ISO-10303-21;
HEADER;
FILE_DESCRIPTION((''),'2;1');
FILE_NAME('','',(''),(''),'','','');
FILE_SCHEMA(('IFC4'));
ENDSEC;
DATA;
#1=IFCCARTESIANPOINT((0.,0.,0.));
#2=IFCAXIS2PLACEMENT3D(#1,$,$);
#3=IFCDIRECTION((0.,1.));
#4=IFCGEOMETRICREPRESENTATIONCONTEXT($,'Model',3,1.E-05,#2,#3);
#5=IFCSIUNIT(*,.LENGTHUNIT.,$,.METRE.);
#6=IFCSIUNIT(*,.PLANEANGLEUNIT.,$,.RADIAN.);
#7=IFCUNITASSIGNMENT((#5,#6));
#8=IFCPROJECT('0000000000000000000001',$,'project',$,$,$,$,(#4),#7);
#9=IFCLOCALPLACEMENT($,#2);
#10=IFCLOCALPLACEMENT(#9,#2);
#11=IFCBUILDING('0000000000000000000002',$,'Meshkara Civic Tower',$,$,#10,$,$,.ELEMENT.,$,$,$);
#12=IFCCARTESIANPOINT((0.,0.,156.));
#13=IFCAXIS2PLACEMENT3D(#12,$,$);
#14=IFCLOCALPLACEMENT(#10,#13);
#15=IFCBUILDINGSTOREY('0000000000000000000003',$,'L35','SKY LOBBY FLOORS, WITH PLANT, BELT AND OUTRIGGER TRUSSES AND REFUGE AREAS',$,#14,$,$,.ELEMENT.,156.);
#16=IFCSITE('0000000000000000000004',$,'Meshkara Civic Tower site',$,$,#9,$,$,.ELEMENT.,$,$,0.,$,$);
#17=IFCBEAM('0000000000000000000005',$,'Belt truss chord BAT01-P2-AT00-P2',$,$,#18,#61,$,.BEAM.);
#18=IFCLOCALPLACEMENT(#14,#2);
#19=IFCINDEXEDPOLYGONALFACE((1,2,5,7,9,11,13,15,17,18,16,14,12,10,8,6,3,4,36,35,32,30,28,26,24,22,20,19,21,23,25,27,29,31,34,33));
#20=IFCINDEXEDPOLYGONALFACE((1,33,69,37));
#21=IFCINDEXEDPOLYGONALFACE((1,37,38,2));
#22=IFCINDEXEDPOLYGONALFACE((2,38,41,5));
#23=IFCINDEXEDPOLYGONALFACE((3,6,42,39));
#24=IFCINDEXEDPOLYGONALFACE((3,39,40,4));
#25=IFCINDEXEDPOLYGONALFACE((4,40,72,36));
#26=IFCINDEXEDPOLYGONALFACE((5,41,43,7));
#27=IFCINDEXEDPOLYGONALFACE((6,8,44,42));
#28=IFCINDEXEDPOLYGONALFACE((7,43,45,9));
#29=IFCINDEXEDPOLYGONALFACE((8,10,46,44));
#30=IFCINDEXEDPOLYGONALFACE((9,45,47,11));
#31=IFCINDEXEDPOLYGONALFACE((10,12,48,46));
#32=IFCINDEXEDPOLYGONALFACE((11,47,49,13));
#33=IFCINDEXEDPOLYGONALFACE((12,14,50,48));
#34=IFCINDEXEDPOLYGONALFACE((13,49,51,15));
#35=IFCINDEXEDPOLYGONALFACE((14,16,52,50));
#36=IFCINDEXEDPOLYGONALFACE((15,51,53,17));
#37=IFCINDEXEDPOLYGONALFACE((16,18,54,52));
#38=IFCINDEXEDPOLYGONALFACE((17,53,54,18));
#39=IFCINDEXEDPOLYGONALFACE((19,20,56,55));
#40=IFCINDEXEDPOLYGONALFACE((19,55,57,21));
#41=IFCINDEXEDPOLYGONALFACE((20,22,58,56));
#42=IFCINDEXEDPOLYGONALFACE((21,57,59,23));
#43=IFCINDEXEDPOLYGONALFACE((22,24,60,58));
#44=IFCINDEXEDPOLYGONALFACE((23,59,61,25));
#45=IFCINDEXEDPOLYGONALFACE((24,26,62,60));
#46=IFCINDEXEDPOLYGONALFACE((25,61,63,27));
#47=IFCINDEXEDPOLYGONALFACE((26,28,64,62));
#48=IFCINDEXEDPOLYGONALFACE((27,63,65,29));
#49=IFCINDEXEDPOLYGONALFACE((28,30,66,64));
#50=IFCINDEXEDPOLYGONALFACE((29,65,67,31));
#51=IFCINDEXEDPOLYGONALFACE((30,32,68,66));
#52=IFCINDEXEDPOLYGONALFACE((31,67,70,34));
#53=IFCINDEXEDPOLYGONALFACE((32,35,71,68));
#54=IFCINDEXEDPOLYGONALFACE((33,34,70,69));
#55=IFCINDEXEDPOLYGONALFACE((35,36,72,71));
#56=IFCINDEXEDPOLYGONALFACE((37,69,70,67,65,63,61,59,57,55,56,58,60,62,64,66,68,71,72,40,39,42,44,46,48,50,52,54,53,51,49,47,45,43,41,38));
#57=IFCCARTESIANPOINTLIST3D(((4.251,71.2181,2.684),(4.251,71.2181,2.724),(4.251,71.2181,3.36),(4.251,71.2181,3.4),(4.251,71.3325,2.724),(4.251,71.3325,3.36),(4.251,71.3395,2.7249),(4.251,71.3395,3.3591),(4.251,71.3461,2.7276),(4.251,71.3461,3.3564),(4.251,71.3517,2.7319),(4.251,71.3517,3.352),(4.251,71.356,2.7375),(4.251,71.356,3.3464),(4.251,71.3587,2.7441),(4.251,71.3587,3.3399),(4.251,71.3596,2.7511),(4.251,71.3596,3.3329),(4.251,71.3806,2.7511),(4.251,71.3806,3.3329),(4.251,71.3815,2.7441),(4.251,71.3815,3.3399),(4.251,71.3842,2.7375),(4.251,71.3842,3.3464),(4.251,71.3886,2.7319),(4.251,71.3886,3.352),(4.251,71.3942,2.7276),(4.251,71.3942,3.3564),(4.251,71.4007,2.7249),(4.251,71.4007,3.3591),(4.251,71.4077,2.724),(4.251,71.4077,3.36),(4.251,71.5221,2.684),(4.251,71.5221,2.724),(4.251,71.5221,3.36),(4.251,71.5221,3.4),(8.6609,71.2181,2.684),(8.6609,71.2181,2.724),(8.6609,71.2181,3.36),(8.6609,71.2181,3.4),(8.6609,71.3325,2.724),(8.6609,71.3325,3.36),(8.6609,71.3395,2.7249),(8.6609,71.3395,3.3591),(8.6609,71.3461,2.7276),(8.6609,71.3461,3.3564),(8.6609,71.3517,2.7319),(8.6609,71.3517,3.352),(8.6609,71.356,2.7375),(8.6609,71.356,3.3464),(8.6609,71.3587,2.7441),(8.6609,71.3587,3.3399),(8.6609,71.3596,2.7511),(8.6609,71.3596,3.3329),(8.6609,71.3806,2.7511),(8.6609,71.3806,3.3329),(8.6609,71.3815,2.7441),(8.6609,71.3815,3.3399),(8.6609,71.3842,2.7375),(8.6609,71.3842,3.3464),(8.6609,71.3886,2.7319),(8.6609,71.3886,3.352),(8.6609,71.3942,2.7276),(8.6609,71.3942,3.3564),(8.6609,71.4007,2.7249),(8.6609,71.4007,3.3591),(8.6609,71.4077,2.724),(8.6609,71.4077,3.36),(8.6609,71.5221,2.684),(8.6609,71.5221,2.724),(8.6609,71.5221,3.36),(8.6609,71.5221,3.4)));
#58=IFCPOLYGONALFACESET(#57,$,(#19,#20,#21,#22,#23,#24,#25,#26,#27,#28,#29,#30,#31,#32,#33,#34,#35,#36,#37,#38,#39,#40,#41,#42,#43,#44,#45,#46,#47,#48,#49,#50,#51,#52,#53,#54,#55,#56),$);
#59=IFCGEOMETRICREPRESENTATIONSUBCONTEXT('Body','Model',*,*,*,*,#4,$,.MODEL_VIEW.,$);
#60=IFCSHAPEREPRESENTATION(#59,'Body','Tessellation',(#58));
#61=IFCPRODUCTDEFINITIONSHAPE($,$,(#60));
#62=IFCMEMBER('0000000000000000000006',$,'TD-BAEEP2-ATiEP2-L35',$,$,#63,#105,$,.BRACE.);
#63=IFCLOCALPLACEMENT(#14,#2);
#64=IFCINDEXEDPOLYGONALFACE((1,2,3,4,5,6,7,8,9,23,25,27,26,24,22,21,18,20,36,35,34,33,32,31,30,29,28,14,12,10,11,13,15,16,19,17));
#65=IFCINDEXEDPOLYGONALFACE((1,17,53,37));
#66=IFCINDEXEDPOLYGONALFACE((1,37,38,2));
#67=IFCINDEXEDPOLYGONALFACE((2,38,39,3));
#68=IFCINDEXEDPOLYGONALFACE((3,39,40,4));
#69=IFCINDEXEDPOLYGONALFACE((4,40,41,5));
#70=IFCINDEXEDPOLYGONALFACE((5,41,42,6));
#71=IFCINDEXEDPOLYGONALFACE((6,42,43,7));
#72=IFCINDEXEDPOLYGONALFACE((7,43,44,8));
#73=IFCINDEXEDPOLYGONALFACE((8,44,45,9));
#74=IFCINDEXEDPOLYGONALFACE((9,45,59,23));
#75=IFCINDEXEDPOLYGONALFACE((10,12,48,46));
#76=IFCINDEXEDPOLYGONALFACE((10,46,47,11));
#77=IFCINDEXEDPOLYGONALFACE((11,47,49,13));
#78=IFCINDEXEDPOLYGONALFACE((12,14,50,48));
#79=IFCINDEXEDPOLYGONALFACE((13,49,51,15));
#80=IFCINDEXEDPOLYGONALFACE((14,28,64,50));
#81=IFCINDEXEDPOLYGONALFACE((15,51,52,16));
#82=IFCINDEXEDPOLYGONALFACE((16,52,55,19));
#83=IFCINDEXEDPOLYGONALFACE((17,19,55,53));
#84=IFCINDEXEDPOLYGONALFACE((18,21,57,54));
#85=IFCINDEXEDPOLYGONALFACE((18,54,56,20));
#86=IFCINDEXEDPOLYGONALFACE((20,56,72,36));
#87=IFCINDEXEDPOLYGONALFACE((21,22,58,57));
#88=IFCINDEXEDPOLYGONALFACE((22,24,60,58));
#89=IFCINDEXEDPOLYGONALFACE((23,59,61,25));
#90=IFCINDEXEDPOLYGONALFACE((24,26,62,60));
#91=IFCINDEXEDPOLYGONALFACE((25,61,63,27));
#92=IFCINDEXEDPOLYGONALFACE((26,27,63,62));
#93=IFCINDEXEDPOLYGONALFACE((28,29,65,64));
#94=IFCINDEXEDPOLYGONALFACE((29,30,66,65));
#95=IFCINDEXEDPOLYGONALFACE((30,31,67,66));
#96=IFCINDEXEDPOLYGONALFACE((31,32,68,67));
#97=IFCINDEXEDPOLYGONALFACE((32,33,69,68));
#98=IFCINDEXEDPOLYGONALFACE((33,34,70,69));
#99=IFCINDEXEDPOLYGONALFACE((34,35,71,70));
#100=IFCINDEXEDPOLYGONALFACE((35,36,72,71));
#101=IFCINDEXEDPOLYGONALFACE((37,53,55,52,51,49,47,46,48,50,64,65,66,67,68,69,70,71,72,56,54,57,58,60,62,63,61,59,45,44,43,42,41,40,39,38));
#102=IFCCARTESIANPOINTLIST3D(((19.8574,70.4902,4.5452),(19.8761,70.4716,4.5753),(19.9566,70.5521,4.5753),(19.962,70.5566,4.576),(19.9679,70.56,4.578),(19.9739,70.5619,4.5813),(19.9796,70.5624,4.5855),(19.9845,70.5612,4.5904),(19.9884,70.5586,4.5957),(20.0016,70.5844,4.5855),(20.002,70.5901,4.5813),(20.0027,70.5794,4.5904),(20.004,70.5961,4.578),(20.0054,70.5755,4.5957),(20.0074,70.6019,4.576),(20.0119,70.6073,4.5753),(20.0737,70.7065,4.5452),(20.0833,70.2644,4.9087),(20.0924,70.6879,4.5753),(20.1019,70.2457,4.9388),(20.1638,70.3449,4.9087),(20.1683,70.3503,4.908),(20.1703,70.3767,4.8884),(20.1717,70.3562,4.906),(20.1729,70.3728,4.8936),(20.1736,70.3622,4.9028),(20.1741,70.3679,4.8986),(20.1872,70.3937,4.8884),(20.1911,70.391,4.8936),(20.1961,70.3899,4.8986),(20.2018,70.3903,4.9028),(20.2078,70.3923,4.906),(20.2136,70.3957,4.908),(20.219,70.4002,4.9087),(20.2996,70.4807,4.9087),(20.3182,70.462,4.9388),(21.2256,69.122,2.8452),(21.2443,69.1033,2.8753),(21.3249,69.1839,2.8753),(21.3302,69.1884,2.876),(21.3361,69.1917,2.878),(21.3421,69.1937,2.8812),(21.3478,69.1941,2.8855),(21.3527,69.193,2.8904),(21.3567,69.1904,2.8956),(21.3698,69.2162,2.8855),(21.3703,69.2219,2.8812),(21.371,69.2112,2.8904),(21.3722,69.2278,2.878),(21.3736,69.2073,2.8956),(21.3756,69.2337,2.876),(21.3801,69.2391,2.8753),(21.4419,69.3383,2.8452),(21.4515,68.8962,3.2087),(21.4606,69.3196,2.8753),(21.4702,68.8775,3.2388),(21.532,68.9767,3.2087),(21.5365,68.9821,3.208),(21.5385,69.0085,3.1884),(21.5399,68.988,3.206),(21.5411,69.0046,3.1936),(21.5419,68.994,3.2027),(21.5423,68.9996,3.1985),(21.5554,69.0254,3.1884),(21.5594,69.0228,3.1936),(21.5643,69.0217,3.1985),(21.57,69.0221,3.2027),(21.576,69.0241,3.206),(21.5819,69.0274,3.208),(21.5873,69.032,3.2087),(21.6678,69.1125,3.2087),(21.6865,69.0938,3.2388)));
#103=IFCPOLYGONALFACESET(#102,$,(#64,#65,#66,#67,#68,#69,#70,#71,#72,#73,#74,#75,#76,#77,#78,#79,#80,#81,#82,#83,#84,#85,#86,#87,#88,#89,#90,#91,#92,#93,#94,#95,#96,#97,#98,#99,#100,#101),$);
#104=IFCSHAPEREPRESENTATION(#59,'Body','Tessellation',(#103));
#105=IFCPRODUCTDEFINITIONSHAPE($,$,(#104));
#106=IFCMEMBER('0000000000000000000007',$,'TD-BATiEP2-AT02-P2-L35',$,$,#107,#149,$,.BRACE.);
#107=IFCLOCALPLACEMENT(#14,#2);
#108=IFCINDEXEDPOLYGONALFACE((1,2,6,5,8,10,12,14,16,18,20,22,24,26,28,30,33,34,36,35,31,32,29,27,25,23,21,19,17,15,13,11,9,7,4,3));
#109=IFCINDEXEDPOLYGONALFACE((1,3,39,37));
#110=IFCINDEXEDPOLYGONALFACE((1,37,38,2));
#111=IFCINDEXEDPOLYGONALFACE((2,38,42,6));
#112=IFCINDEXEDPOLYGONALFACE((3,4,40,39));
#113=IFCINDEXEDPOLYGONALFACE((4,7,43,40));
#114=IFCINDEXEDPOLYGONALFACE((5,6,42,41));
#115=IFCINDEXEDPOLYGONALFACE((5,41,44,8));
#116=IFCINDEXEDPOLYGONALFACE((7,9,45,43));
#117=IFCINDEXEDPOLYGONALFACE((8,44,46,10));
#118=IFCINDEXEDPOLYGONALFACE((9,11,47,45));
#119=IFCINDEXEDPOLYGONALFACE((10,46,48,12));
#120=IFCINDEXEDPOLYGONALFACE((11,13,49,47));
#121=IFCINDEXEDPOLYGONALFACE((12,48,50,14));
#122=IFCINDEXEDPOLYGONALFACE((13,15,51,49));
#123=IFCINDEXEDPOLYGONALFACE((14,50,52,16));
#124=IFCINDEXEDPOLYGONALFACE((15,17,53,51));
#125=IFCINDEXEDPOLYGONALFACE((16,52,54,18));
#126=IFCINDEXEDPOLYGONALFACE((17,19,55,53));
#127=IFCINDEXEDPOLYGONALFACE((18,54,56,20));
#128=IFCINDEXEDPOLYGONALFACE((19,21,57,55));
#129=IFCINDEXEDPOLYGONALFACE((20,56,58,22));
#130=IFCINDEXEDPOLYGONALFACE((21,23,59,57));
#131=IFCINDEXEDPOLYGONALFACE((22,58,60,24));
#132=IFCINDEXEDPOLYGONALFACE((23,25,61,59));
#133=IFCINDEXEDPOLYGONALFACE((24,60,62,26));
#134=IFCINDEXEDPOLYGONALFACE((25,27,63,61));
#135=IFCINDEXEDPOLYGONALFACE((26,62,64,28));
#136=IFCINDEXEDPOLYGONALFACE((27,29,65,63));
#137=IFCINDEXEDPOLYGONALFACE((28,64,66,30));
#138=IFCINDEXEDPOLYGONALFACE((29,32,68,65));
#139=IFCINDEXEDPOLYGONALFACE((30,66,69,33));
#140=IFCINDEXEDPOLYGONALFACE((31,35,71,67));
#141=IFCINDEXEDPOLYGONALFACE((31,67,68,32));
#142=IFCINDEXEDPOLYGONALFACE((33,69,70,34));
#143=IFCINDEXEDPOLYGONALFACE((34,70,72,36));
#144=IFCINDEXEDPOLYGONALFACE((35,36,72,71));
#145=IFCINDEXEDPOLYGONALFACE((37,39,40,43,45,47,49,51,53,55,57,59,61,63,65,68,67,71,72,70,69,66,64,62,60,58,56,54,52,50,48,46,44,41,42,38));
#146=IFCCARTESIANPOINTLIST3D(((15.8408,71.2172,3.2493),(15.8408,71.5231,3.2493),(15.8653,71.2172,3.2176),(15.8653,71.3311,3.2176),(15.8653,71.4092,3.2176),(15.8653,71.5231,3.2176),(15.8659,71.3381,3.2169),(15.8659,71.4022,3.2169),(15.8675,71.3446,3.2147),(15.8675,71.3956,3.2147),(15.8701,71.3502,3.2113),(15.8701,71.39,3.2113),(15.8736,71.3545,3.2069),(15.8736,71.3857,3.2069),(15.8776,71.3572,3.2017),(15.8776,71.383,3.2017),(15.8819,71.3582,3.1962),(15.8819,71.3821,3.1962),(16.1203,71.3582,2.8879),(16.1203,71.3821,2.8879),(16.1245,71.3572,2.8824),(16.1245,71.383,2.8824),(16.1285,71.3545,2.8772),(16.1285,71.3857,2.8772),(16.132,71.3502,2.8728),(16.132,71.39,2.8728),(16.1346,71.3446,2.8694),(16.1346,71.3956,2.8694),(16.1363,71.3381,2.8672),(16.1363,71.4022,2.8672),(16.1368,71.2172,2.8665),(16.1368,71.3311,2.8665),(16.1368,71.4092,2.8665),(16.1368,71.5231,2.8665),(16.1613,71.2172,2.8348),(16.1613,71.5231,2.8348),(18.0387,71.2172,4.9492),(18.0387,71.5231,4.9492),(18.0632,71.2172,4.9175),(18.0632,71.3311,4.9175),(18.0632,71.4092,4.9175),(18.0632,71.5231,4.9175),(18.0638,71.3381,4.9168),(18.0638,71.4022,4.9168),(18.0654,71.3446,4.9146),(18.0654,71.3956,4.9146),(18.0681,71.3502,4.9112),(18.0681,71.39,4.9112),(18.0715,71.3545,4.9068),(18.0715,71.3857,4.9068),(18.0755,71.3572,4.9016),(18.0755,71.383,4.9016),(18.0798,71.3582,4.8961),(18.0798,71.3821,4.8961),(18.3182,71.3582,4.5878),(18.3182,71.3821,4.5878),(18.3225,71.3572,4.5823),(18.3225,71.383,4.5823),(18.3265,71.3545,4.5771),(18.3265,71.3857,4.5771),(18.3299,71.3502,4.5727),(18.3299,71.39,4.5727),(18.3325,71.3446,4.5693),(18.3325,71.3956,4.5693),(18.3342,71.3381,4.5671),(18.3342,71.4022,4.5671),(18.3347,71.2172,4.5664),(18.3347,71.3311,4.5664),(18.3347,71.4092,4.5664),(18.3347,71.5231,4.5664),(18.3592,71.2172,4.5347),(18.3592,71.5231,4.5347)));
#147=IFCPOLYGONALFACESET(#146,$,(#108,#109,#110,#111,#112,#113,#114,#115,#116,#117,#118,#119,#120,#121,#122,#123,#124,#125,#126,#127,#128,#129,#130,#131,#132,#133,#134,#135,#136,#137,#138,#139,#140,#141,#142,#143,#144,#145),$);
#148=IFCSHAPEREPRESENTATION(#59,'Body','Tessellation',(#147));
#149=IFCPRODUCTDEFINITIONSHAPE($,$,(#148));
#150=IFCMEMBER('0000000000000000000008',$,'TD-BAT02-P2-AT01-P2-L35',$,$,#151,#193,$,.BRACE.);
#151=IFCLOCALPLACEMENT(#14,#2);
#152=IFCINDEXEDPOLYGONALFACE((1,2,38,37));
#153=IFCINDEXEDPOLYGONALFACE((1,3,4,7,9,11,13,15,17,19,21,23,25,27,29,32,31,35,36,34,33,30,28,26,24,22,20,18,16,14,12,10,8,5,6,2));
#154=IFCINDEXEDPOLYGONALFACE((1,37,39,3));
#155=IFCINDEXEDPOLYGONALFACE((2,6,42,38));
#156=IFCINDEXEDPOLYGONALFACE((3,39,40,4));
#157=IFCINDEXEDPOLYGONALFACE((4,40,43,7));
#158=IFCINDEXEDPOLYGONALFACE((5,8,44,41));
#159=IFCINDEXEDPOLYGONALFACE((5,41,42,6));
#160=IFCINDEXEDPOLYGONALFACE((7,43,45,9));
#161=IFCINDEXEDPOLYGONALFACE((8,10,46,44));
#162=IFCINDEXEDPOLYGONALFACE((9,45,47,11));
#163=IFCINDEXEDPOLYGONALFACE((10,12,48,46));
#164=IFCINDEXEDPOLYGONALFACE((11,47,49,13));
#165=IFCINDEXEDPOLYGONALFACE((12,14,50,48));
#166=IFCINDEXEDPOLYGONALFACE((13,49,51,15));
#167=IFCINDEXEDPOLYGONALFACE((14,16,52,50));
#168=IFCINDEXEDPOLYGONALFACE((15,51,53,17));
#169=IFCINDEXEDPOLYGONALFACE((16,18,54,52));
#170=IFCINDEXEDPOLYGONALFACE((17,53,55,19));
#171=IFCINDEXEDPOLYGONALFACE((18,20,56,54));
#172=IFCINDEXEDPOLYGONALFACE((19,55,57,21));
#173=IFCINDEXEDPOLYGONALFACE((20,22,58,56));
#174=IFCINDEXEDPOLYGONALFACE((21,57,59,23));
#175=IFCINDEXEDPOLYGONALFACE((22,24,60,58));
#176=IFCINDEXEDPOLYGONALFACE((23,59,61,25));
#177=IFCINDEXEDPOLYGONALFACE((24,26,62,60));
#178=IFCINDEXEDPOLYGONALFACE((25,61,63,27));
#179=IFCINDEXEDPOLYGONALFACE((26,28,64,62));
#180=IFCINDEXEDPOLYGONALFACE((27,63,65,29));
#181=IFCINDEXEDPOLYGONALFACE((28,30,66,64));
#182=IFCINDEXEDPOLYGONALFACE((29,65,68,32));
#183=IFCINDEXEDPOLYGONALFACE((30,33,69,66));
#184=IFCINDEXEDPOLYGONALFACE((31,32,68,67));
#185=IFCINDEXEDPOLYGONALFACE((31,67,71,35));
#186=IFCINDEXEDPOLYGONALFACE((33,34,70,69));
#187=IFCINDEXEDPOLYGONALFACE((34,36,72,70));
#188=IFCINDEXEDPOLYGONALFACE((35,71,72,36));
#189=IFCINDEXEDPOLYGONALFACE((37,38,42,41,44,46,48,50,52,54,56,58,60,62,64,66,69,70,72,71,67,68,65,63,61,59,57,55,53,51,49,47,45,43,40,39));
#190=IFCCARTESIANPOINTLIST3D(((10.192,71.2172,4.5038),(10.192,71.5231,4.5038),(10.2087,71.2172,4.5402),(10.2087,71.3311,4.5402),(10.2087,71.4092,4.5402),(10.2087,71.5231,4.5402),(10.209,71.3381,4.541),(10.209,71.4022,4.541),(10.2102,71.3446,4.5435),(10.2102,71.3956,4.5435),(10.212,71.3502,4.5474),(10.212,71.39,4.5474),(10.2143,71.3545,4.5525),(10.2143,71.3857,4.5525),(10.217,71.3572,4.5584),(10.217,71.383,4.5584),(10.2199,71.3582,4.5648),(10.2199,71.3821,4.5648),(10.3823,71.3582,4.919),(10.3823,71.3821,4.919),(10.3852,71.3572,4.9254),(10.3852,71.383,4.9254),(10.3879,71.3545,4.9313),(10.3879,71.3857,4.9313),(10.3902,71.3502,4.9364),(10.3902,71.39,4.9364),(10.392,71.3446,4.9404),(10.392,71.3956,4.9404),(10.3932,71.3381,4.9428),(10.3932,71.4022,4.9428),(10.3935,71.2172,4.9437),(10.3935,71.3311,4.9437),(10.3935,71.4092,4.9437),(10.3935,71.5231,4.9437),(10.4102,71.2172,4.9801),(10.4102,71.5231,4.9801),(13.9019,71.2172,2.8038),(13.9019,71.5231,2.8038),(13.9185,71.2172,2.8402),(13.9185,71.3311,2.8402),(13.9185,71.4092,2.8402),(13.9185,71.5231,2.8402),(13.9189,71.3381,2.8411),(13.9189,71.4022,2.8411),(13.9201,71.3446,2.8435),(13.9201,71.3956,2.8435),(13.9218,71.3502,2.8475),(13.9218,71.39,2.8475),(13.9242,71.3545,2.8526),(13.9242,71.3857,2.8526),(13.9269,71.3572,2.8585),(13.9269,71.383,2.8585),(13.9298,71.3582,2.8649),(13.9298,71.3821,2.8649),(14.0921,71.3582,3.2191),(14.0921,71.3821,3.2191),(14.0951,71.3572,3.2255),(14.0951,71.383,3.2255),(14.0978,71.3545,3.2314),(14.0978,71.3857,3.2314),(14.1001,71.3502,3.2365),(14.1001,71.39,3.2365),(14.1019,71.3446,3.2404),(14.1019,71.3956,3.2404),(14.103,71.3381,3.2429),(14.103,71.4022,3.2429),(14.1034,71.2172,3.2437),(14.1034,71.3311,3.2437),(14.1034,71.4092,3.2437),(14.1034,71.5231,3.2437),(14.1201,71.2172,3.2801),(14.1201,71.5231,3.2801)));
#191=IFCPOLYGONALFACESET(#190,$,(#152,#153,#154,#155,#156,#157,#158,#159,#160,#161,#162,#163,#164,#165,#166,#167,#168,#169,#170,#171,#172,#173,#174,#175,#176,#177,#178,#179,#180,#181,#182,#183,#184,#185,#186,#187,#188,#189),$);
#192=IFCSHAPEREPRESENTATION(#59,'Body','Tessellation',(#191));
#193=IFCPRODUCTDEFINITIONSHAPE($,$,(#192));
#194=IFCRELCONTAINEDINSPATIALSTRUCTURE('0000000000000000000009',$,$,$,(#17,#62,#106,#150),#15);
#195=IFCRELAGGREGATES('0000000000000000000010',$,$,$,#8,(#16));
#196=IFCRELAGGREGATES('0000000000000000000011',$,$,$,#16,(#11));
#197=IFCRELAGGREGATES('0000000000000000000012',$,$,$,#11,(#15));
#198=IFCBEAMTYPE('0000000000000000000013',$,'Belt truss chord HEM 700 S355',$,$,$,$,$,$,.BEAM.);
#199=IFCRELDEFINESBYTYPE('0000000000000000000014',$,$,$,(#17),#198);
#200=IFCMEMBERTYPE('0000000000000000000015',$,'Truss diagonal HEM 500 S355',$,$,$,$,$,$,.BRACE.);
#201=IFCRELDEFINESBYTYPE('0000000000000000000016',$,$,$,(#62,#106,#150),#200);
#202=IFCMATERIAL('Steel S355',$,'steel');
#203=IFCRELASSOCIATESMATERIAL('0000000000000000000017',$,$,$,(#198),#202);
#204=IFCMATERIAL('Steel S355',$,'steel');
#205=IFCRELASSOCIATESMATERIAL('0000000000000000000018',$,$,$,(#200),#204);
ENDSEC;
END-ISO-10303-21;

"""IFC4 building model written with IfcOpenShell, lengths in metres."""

from ifc_helpers import new_model, si_unit, direction, frame, origin, origin_2d, place, context, subcontext, project, spatial, i_section, extrude, material, material_profile, profile_set, type_object, element, save


model = new_model("IFC4")

# Units and contexts
model_context = context("Model", 3, precision=1e-05, world=origin(), true_north=direction((0.0, 1.0)))
body_context = subcontext(model_context, "Body", "Model", "MODEL_VIEW")
ifc_project = project(units=[si_unit("LENGTHUNIT", "METRE"), si_unit("PLANEANGLEUNIT", "RADIAN")], contexts=[model_context])

# Site, building, storey
site_placement = place(None, origin())
site = spatial("IfcSite", under=ifc_project, at=site_placement, Name="Meshkara Civic Tower site", CompositionType="ELEMENT", RefElevation=0.0)
building_placement = place(site_placement, origin())
building = spatial("IfcBuilding", under=site, at=building_placement, Name="Meshkara Civic Tower", CompositionType="ELEMENT")
storey_placement = place(building_placement, frame((0.0, 0.0, 156.0)))
storey = spatial("IfcBuildingStorey", under=building, at=storey_placement, Name="L35", Description="SKY LOBBY FLOORS, WITH PLANT, BELT AND OUTRIGGER TRUSSES AND REFUGE AREAS", CompositionType="ELEMENT", Elevation=156.0)

# Beam
ifc_material_1 = material(Name="Steel S355", Category="steel")
ifc_material_profile_1 = material_profile(ifc_material_1, i_section(OverallWidth=0.304, OverallDepth=0.7161, WebThickness=0.021, FlangeThickness=0.04, FilletRadius=0.0271, at=origin_2d()))
ifc_profile_set_1 = profile_set([ifc_material_profile_1], Name="Steel S355")
beam_type = type_object("IfcBeamType", Name="Belt truss chord HEM 700 S355", PredefinedType="BEAM", material=ifc_profile_set_1)
for number, where, z_axis, x_axis, name in (
    (1, (8.6609, 71.3701, 3.042), (-1.0, 0.0, 0.0), (0.0, -1.0, 0.0), "Belt truss chord BAT01-P2-AT00-P2"),
):
    element("IfcBeam", number, at=place(storey_placement, frame(where, z_axis=z_axis, x_axis=x_axis)), inside=storey, type_object=beam_type, Name=name, PredefinedType="BEAM", context=body_context, shape_type="SweptSolid", body=[
        extrude(i_section(OverallWidth=0.304, OverallDepth=0.7161, WebThickness=0.021, FlangeThickness=0.04, FilletRadius=0.0271, at=origin_2d()), origin(), (0.0, 0.0, 1.0), 4.4099),
    ])

# Members
ifc_material_2 = material(Name="Steel S355", Category="steel")
ifc_material_profile_2 = material_profile(ifc_material_2, i_section(OverallWidth=0.3059, OverallDepth=0.5239, WebThickness=0.0239, FlangeThickness=0.04, FilletRadius=0.0271, at=origin_2d()))
ifc_profile_set_2 = profile_set([ifc_material_profile_2], Name="Steel S355")
member_type = type_object("IfcMemberType", Name="Truss diagonal HEM 500 S355", PredefinedType="BRACE", material=ifc_profile_set_2)
member_1_placement = place(storey_placement, frame((21.4561, 69.1079, 3.042), z_axis=(-0.531208, 0.531208, 0.660028), x_axis=(-0.707107, -0.707107, 0.0)))
element("IfcMember", 2, at=member_1_placement, inside=storey, type_object=member_type, Name="TD-BAEEP2-ATiEP2-L35", PredefinedType="BRACE", context=body_context, shape_type="SweptSolid", body=[
    extrude(i_section(OverallWidth=0.3059, OverallDepth=0.5239, WebThickness=0.0239, FlangeThickness=0.04, FilletRadius=0.0271, at=origin_2d()), origin(), (0.0, 0.0, 1.0), 2.5757),
])
member_2_placement = place(storey_placement, frame((18.199, 71.3701, 4.7419), z_axis=(-0.791024, 0.0, -0.611785), x_axis=(0.0, -1.0, 0.0)))
element("IfcMember", 3, at=member_2_placement, inside=storey, type_object=member_type, Name="TD-BATiEP2-AT02-P2-L35", PredefinedType="BRACE", context=body_context, shape_type="SweptSolid", body=[
    extrude(i_section(OverallWidth=0.3059, OverallDepth=0.5239, WebThickness=0.0239, FlangeThickness=0.04, FilletRadius=0.0271, at=origin_2d()), origin(), (0.0, 0.0, 1.0), 2.7786),
])
for number, where, z_axis, x_axis, name in (
    (4, (14.011, 71.3701, 3.042), (-0.909106, 0.0, 0.416564), (0.0, -1.0, 0.0), "TD-BAT02-P2-AT01-P2-L35"),
):
    element("IfcMember", number, at=place(storey_placement, frame(where, z_axis=z_axis, x_axis=x_axis)), inside=storey, type_object=member_type, Name=name, PredefinedType="BRACE", context=body_context, shape_type="SweptSolid", body=[
        extrude(i_section(OverallWidth=0.3059, OverallDepth=0.5239, WebThickness=0.0239, FlangeThickness=0.04, FilletRadius=0.0271, at=origin_2d()), origin(), (0.0, 0.0, 1.0), 4.0808),
    ])

save(model, "model.ifc")
